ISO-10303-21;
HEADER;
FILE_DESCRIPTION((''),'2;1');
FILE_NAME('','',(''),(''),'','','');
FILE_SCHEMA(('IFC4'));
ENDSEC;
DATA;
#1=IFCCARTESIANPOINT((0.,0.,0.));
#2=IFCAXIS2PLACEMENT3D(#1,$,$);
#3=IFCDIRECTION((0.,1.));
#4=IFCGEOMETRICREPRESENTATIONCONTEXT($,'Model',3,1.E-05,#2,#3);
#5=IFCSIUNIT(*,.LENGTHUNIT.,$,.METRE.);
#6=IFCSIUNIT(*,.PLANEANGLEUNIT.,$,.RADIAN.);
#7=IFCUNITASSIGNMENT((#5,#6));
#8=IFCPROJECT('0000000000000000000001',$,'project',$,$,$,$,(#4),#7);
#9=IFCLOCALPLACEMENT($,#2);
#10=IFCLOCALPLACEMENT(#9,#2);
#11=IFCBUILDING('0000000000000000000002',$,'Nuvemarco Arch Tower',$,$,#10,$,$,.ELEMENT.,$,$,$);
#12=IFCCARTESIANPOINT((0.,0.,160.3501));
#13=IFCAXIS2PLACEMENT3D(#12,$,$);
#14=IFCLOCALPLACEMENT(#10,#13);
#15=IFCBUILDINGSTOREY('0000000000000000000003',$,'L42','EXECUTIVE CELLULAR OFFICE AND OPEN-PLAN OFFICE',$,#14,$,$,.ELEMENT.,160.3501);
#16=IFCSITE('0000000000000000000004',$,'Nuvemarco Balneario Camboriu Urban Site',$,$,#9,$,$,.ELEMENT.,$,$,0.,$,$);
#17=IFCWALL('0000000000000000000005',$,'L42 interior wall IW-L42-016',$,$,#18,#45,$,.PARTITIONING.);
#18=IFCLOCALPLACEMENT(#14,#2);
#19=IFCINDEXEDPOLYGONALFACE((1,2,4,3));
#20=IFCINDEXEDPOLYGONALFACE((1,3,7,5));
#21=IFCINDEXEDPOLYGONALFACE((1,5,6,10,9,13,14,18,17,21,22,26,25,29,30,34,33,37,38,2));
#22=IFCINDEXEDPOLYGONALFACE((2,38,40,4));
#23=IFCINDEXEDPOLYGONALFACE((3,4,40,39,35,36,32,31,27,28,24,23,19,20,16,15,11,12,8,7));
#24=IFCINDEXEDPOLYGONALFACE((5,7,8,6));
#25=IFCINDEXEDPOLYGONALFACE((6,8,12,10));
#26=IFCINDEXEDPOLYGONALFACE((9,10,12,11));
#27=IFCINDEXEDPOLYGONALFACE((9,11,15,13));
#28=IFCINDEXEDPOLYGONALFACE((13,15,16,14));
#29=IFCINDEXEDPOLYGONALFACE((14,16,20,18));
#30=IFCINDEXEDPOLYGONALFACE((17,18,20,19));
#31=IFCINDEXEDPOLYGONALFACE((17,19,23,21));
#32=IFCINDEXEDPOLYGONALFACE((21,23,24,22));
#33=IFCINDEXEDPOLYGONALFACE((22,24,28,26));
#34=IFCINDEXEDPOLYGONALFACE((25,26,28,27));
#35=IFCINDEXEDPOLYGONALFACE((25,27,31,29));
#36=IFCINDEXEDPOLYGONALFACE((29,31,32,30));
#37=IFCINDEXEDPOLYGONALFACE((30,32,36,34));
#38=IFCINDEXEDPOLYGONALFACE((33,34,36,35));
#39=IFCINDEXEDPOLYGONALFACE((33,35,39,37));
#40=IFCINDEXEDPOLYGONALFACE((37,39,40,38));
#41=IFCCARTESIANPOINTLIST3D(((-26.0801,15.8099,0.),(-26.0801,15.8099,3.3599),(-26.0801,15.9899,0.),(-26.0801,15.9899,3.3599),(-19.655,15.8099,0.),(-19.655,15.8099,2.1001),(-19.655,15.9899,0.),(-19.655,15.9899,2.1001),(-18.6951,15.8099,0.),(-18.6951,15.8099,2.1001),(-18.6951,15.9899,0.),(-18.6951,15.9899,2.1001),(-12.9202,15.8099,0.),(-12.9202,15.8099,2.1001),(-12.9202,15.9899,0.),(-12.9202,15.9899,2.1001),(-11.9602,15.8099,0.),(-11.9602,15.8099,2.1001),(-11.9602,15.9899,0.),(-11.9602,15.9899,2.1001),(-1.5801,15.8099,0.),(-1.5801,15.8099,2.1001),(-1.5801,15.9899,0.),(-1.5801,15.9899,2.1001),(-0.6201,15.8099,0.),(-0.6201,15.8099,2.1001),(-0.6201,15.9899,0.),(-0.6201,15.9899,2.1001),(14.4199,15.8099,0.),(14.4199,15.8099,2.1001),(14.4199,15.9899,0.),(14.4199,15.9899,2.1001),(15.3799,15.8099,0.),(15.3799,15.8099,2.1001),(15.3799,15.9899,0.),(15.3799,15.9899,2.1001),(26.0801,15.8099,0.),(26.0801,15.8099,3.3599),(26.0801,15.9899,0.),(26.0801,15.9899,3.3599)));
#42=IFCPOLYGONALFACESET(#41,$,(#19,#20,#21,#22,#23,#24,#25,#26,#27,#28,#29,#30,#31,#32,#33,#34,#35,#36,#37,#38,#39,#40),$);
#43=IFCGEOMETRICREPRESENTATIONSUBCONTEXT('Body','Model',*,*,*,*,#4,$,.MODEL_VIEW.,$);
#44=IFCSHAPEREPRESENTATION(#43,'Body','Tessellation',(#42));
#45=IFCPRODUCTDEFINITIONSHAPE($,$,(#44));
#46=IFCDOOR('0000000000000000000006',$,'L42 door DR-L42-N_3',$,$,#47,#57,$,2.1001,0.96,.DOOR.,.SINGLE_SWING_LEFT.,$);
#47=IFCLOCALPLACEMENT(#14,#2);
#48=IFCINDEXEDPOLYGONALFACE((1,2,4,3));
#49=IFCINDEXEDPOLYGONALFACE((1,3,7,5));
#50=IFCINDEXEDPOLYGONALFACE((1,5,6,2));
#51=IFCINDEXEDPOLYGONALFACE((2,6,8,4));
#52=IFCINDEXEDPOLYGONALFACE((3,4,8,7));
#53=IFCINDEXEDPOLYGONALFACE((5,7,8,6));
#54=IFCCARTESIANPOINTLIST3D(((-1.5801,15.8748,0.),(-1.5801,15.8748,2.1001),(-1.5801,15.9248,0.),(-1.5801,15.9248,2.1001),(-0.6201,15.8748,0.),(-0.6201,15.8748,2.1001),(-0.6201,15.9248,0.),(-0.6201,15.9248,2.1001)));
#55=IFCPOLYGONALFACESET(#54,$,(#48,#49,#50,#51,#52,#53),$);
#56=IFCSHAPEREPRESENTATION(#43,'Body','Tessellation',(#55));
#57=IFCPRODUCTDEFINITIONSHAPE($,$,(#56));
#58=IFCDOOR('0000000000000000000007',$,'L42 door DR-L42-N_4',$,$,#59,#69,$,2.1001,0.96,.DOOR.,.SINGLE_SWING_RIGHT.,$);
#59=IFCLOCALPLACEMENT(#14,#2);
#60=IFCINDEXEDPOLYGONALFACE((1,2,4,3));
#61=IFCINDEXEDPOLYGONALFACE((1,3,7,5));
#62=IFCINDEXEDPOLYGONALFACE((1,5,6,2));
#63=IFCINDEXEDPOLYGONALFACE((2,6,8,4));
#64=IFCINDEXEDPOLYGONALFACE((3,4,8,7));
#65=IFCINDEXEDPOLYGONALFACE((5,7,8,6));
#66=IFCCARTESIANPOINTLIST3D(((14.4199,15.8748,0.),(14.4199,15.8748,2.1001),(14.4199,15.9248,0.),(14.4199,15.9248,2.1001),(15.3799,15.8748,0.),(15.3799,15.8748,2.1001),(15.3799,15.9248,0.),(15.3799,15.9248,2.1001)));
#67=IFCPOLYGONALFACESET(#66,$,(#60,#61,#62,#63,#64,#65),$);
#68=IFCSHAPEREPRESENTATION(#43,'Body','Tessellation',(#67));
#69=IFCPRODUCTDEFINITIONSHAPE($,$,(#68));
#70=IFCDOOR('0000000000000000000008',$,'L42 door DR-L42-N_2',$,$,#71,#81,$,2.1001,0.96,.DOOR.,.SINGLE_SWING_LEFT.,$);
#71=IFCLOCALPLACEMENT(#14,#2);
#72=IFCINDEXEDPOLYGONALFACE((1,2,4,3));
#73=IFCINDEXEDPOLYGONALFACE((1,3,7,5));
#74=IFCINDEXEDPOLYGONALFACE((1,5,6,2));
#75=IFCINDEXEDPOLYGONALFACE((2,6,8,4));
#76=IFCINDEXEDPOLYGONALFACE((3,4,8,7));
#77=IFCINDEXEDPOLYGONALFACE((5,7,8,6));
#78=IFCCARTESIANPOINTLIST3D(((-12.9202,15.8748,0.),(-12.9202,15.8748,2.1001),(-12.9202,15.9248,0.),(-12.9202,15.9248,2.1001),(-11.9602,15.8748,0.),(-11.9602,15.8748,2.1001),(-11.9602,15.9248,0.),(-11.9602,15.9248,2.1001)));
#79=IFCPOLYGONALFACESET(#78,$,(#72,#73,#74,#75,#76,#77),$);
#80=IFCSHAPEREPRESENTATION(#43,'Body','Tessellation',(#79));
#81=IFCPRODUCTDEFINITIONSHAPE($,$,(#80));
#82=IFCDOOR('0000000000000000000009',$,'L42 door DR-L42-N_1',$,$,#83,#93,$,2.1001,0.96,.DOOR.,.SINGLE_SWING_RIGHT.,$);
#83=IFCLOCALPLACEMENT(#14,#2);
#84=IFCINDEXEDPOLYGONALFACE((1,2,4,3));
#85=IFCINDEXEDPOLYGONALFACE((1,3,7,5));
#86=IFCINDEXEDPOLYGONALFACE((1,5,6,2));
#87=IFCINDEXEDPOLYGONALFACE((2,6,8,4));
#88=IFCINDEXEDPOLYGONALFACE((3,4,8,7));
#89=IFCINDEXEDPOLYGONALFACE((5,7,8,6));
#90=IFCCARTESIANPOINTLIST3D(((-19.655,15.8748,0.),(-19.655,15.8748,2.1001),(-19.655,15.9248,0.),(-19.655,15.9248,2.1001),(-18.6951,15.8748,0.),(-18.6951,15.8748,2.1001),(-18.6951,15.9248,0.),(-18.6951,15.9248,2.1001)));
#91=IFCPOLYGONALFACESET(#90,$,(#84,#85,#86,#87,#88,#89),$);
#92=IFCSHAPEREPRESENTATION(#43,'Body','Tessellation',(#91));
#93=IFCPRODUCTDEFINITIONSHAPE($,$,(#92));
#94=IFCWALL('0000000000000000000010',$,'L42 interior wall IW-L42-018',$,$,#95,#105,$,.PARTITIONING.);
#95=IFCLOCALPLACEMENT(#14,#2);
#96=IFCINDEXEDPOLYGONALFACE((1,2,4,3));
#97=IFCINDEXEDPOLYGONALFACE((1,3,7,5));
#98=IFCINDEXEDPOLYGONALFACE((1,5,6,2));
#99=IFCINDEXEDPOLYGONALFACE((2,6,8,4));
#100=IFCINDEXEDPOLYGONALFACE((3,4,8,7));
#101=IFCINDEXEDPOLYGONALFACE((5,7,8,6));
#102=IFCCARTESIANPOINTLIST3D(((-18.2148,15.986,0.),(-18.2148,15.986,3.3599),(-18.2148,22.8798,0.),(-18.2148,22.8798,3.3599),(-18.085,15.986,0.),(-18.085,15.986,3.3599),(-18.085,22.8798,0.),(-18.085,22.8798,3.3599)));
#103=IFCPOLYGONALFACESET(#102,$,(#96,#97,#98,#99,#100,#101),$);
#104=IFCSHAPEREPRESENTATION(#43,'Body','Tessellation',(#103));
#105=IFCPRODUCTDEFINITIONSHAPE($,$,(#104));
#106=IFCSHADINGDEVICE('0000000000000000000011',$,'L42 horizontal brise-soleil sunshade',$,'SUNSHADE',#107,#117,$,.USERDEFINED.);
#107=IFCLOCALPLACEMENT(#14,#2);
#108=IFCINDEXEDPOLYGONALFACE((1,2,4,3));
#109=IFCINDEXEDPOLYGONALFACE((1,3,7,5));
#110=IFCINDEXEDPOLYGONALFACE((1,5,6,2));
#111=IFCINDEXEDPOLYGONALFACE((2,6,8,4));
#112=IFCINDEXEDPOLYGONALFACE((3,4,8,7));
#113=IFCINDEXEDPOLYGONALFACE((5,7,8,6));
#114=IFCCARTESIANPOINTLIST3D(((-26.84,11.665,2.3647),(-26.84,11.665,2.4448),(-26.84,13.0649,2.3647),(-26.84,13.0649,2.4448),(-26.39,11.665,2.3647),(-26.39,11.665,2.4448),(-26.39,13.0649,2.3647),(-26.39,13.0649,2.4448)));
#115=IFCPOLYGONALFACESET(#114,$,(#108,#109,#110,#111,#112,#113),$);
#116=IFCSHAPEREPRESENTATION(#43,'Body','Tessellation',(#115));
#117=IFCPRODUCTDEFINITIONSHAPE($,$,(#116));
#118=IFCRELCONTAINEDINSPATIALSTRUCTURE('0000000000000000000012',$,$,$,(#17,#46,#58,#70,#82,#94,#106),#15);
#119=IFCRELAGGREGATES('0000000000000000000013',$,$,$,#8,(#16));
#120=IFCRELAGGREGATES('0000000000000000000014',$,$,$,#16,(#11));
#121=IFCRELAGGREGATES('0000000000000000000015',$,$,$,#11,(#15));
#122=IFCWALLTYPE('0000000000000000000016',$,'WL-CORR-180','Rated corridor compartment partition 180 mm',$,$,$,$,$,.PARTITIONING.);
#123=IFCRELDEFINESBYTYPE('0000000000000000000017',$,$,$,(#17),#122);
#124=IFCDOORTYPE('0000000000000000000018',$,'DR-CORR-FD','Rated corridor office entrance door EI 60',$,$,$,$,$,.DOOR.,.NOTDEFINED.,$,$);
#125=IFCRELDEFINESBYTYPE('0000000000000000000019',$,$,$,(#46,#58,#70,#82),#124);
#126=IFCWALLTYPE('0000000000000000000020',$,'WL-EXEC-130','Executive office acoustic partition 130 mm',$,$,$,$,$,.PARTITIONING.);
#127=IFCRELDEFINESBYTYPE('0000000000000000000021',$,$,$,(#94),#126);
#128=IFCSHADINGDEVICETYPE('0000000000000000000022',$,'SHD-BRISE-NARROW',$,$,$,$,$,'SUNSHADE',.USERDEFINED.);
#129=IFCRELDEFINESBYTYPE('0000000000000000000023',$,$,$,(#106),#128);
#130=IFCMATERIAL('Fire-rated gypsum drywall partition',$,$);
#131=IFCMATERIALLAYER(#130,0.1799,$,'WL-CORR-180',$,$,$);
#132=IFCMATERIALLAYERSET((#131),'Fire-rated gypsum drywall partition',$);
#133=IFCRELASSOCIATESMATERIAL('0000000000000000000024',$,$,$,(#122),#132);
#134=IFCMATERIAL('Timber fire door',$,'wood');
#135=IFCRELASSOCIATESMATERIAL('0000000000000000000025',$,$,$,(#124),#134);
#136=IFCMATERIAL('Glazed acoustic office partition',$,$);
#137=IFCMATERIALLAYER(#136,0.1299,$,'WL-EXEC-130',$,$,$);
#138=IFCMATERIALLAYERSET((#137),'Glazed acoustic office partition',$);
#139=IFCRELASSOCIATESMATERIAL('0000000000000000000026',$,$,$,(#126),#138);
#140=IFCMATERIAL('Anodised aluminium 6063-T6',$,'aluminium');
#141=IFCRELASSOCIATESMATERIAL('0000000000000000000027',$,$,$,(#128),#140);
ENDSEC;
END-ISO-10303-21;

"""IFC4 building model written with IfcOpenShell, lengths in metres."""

from ifc_helpers import new_model, si_unit, direction, frame, frame_2d, origin, origin_2d, place, context, subcontext, project, spatial, rectangle, extrude, source, transform, mapped, material, layer, layer_set, type_object, type_shapes, element, fill, save


model = new_model("IFC4")

# Units and contexts
model_context = context("Model", 3, precision=1e-05, world=origin(), true_north=direction((0.0, 1.0)))
body_context = subcontext(model_context, "Body", "Model", "MODEL_VIEW")
ifc_project = project(units=[si_unit("LENGTHUNIT", "METRE"), si_unit("PLANEANGLEUNIT", "RADIAN")], contexts=[model_context])

# Site, building, storey
site_placement = place(None, origin())
site = spatial("IfcSite", under=ifc_project, at=site_placement, Name="Nuvemarco Balneario Camboriu Urban Site", CompositionType="ELEMENT", RefElevation=0.0)
building_placement = place(site_placement, origin())
building = spatial("IfcBuilding", under=site, at=building_placement, Name="Nuvemarco Arch Tower", CompositionType="ELEMENT")
storey_placement = place(building_placement, frame((0.0, 0.0, 160.3501)))
storey = spatial("IfcBuildingStorey", under=building, at=storey_placement, Name="L42", Description="EXECUTIVE CELLULAR OFFICE AND OPEN-PLAN OFFICE", CompositionType="ELEMENT", Elevation=160.3501)

# Wall, openings, doors
ifc_material_1 = material(Name="Fire-rated gypsum drywall partition")
ifc_layer_1 = layer(ifc_material_1, 0.1799, Name="WL-CORR-180")
ifc_layer_set_1 = layer_set([ifc_layer_1], Name="Fire-rated gypsum drywall partition")
wall_type_1 = type_object("IfcWallType", Name="WL-CORR-180", Description="Rated corridor compartment partition 180 mm", PredefinedType="PARTITIONING", material=ifc_layer_set_1)
ifc_material_2 = material(Name="Timber fire door", Category="wood")
door_type_1 = type_object("IfcDoorType", Name="DR-CORR-FD", Description="Rated corridor office entrance door EI 60", OperationType="NOTDEFINED", PredefinedType="DOOR", material=ifc_material_2)
shared_shape_1 = source(origin(), body_context, "Body", "SweptSolid", [
    extrude(rectangle(XDim=0.96, YDim=2.1001, at=frame_2d((0.48, 1.05))), frame((0.0, 0.0249, 0.0), z_axis=(0.0, -1.0, 0.0), x_axis=(1.0, 0.0, 0.0)), (0.0, 0.0, 1.0), 0.05),
])
type_shapes(door_type_1, [shared_shape_1])
wall_1_placement = place(storey_placement, frame((-26.0801, 15.8999, 0.0), z_axis=(0.0, 0.0, 1.0), x_axis=(1.0, 0.0, 0.0)))
wall_1 = element("IfcWall", 1, at=wall_1_placement, inside=storey, type_object=wall_type_1, Name="L42 interior wall IW-L42-016", PredefinedType="PARTITIONING", context=body_context, shape_type="SweptSolid", body=[
    extrude(rectangle(XDim=52.1602, YDim=0.1799, at=frame_2d((26.0801, 0.0))), origin(), (0.0, 0.0, 1.0), 3.3599),
])
opening_1_placement = place(wall_1_placement, frame((24.5, 0.0, 0.0)))
opening_1 = element("IfcOpeningElement", 2, at=opening_1_placement, cuts=wall_1, PredefinedType="OPENING", context=body_context, shape_type="SweptSolid", body=[
    extrude(rectangle(XDim=0.96, YDim=2.1001, at=frame_2d((0.48, 1.05))), frame((0.0, 0.0999, 0.0), z_axis=(0.0, -1.0, 0.0), x_axis=(1.0, 0.0, 0.0)), (0.0, 0.0, 1.0), 0.2),
])
opening_2_placement = place(wall_1_placement, frame((40.5, 0.0, 0.0)))
opening_2 = element("IfcOpeningElement", 3, at=opening_2_placement, cuts=wall_1, PredefinedType="OPENING", context=body_context, shape_type="SweptSolid", body=[
    extrude(rectangle(XDim=0.96, YDim=2.1001, at=frame_2d((0.48, 1.05))), frame((0.0, 0.0999, 0.0), z_axis=(0.0, -1.0, 0.0), x_axis=(1.0, 0.0, 0.0)), (0.0, 0.0, 1.0), 0.2),
])
opening_3_placement = place(wall_1_placement, frame((13.1599, 0.0, 0.0)))
opening_3 = element("IfcOpeningElement", 4, at=opening_3_placement, cuts=wall_1, PredefinedType="OPENING", context=body_context, shape_type="SweptSolid", body=[
    extrude(rectangle(XDim=0.96, YDim=2.1001, at=frame_2d((0.48, 1.05))), frame((0.0, 0.0999, 0.0), z_axis=(0.0, -1.0, 0.0), x_axis=(1.0, 0.0, 0.0)), (0.0, 0.0, 1.0), 0.2),
])
opening_4_placement = place(wall_1_placement, frame((6.425, 0.0, 0.0)))
opening_4 = element("IfcOpeningElement", 5, at=opening_4_placement, cuts=wall_1, PredefinedType="OPENING", context=body_context, shape_type="SweptSolid", body=[
    extrude(rectangle(XDim=0.96, YDim=2.1001, at=frame_2d((0.48, 1.05))), frame((0.0, 0.0999, 0.0), z_axis=(0.0, -1.0, 0.0), x_axis=(1.0, 0.0, 0.0)), (0.0, 0.0, 1.0), 0.2),
])
door_1_placement = place(opening_1_placement, origin())
door_1 = element("IfcDoor", 6, at=door_1_placement, inside=storey, type_object=door_type_1, Name="L42 door DR-L42-N_3", OperationType="SINGLE_SWING_LEFT", OverallHeight=2.1001, OverallWidth=0.96, PredefinedType="DOOR", context=body_context, shape_type="MappedRepresentation", body=[
    mapped(shared_shape_1, transform((0.0, 0.0, 0.0), scale=1.0)),
])
fill(opening_1, door_1)
door_2_placement = place(opening_2_placement, origin())
door_2 = element("IfcDoor", 7, at=door_2_placement, inside=storey, type_object=door_type_1, Name="L42 door DR-L42-N_4", OperationType="SINGLE_SWING_RIGHT", OverallHeight=2.1001, OverallWidth=0.96, PredefinedType="DOOR", context=body_context, shape_type="MappedRepresentation", body=[
    mapped(shared_shape_1, transform((0.0, 0.0, 0.0), scale=1.0)),
])
fill(opening_2, door_2)
door_3_placement = place(opening_3_placement, origin())
door_3 = element("IfcDoor", 8, at=door_3_placement, inside=storey, type_object=door_type_1, Name="L42 door DR-L42-N_2", OperationType="SINGLE_SWING_LEFT", OverallHeight=2.1001, OverallWidth=0.96, PredefinedType="DOOR", context=body_context, shape_type="MappedRepresentation", body=[
    mapped(shared_shape_1, transform((0.0, 0.0, 0.0), scale=1.0)),
])
fill(opening_3, door_3)
door_4_placement = place(opening_4_placement, origin())
door_4 = element("IfcDoor", 9, at=door_4_placement, inside=storey, type_object=door_type_1, Name="L42 door DR-L42-N_1", OperationType="SINGLE_SWING_RIGHT", OverallHeight=2.1001, OverallWidth=0.96, PredefinedType="DOOR", context=body_context, shape_type="MappedRepresentation", body=[
    mapped(shared_shape_1, transform((0.0, 0.0, 0.0), scale=1.0)),
])
fill(opening_4, door_4)

# Wall
ifc_material_3 = material(Name="Glazed acoustic office partition")
ifc_layer_2 = layer(ifc_material_3, 0.1299, Name="WL-EXEC-130")
ifc_layer_set_2 = layer_set([ifc_layer_2], Name="Glazed acoustic office partition")
wall_type_2 = type_object("IfcWallType", Name="WL-EXEC-130", Description="Executive office acoustic partition 130 mm", PredefinedType="PARTITIONING", material=ifc_layer_set_2)
wall_2_placement = place(storey_placement, frame((-18.1499, 15.9861, 0.0), z_axis=(0.0, 0.0, 1.0), x_axis=(0.0, 1.0, 0.0)))
element("IfcWall", 10, at=wall_2_placement, inside=storey, type_object=wall_type_2, Name="L42 interior wall IW-L42-018", PredefinedType="PARTITIONING", context=body_context, shape_type="SweptSolid", body=[
    extrude(rectangle(XDim=6.8938, YDim=0.1299, at=frame_2d((3.4468, 0.0))), origin(), (0.0, 0.0, 1.0), 3.3599),
])

# Shading device
ifc_material_4 = material(Name="Anodised aluminium 6063-T6", Category="aluminium")
shading_device_type = type_object("IfcShadingDeviceType", Name="SHD-BRISE-NARROW", ElementType="SUNSHADE", PredefinedType="USERDEFINED", material=ifc_material_4)
shared_shape_2 = source(origin(), body_context, "Body", "SweptSolid", [
    extrude(rectangle(XDim=1.3999, YDim=0.45, at=origin_2d()), origin(), (0.0, 0.0, 1.0), 0.0801),
])
type_shapes(shading_device_type, [shared_shape_2])
shading_device_placement = place(storey_placement, frame((-26.615, 12.365, 2.3647), z_axis=(0.0, 0.0, 1.0), x_axis=(0.0, 1.0, 0.0)))
element("IfcShadingDevice", 11, at=shading_device_placement, inside=storey, type_object=shading_device_type, Name="L42 horizontal brise-soleil sunshade", ObjectType="SUNSHADE", PredefinedType="USERDEFINED", context=body_context, shape_type="MappedRepresentation", body=[
    mapped(shared_shape_2, transform((0.0, 0.0, 0.0), scale=1.0)),
])

save(model, "model.ifc")
